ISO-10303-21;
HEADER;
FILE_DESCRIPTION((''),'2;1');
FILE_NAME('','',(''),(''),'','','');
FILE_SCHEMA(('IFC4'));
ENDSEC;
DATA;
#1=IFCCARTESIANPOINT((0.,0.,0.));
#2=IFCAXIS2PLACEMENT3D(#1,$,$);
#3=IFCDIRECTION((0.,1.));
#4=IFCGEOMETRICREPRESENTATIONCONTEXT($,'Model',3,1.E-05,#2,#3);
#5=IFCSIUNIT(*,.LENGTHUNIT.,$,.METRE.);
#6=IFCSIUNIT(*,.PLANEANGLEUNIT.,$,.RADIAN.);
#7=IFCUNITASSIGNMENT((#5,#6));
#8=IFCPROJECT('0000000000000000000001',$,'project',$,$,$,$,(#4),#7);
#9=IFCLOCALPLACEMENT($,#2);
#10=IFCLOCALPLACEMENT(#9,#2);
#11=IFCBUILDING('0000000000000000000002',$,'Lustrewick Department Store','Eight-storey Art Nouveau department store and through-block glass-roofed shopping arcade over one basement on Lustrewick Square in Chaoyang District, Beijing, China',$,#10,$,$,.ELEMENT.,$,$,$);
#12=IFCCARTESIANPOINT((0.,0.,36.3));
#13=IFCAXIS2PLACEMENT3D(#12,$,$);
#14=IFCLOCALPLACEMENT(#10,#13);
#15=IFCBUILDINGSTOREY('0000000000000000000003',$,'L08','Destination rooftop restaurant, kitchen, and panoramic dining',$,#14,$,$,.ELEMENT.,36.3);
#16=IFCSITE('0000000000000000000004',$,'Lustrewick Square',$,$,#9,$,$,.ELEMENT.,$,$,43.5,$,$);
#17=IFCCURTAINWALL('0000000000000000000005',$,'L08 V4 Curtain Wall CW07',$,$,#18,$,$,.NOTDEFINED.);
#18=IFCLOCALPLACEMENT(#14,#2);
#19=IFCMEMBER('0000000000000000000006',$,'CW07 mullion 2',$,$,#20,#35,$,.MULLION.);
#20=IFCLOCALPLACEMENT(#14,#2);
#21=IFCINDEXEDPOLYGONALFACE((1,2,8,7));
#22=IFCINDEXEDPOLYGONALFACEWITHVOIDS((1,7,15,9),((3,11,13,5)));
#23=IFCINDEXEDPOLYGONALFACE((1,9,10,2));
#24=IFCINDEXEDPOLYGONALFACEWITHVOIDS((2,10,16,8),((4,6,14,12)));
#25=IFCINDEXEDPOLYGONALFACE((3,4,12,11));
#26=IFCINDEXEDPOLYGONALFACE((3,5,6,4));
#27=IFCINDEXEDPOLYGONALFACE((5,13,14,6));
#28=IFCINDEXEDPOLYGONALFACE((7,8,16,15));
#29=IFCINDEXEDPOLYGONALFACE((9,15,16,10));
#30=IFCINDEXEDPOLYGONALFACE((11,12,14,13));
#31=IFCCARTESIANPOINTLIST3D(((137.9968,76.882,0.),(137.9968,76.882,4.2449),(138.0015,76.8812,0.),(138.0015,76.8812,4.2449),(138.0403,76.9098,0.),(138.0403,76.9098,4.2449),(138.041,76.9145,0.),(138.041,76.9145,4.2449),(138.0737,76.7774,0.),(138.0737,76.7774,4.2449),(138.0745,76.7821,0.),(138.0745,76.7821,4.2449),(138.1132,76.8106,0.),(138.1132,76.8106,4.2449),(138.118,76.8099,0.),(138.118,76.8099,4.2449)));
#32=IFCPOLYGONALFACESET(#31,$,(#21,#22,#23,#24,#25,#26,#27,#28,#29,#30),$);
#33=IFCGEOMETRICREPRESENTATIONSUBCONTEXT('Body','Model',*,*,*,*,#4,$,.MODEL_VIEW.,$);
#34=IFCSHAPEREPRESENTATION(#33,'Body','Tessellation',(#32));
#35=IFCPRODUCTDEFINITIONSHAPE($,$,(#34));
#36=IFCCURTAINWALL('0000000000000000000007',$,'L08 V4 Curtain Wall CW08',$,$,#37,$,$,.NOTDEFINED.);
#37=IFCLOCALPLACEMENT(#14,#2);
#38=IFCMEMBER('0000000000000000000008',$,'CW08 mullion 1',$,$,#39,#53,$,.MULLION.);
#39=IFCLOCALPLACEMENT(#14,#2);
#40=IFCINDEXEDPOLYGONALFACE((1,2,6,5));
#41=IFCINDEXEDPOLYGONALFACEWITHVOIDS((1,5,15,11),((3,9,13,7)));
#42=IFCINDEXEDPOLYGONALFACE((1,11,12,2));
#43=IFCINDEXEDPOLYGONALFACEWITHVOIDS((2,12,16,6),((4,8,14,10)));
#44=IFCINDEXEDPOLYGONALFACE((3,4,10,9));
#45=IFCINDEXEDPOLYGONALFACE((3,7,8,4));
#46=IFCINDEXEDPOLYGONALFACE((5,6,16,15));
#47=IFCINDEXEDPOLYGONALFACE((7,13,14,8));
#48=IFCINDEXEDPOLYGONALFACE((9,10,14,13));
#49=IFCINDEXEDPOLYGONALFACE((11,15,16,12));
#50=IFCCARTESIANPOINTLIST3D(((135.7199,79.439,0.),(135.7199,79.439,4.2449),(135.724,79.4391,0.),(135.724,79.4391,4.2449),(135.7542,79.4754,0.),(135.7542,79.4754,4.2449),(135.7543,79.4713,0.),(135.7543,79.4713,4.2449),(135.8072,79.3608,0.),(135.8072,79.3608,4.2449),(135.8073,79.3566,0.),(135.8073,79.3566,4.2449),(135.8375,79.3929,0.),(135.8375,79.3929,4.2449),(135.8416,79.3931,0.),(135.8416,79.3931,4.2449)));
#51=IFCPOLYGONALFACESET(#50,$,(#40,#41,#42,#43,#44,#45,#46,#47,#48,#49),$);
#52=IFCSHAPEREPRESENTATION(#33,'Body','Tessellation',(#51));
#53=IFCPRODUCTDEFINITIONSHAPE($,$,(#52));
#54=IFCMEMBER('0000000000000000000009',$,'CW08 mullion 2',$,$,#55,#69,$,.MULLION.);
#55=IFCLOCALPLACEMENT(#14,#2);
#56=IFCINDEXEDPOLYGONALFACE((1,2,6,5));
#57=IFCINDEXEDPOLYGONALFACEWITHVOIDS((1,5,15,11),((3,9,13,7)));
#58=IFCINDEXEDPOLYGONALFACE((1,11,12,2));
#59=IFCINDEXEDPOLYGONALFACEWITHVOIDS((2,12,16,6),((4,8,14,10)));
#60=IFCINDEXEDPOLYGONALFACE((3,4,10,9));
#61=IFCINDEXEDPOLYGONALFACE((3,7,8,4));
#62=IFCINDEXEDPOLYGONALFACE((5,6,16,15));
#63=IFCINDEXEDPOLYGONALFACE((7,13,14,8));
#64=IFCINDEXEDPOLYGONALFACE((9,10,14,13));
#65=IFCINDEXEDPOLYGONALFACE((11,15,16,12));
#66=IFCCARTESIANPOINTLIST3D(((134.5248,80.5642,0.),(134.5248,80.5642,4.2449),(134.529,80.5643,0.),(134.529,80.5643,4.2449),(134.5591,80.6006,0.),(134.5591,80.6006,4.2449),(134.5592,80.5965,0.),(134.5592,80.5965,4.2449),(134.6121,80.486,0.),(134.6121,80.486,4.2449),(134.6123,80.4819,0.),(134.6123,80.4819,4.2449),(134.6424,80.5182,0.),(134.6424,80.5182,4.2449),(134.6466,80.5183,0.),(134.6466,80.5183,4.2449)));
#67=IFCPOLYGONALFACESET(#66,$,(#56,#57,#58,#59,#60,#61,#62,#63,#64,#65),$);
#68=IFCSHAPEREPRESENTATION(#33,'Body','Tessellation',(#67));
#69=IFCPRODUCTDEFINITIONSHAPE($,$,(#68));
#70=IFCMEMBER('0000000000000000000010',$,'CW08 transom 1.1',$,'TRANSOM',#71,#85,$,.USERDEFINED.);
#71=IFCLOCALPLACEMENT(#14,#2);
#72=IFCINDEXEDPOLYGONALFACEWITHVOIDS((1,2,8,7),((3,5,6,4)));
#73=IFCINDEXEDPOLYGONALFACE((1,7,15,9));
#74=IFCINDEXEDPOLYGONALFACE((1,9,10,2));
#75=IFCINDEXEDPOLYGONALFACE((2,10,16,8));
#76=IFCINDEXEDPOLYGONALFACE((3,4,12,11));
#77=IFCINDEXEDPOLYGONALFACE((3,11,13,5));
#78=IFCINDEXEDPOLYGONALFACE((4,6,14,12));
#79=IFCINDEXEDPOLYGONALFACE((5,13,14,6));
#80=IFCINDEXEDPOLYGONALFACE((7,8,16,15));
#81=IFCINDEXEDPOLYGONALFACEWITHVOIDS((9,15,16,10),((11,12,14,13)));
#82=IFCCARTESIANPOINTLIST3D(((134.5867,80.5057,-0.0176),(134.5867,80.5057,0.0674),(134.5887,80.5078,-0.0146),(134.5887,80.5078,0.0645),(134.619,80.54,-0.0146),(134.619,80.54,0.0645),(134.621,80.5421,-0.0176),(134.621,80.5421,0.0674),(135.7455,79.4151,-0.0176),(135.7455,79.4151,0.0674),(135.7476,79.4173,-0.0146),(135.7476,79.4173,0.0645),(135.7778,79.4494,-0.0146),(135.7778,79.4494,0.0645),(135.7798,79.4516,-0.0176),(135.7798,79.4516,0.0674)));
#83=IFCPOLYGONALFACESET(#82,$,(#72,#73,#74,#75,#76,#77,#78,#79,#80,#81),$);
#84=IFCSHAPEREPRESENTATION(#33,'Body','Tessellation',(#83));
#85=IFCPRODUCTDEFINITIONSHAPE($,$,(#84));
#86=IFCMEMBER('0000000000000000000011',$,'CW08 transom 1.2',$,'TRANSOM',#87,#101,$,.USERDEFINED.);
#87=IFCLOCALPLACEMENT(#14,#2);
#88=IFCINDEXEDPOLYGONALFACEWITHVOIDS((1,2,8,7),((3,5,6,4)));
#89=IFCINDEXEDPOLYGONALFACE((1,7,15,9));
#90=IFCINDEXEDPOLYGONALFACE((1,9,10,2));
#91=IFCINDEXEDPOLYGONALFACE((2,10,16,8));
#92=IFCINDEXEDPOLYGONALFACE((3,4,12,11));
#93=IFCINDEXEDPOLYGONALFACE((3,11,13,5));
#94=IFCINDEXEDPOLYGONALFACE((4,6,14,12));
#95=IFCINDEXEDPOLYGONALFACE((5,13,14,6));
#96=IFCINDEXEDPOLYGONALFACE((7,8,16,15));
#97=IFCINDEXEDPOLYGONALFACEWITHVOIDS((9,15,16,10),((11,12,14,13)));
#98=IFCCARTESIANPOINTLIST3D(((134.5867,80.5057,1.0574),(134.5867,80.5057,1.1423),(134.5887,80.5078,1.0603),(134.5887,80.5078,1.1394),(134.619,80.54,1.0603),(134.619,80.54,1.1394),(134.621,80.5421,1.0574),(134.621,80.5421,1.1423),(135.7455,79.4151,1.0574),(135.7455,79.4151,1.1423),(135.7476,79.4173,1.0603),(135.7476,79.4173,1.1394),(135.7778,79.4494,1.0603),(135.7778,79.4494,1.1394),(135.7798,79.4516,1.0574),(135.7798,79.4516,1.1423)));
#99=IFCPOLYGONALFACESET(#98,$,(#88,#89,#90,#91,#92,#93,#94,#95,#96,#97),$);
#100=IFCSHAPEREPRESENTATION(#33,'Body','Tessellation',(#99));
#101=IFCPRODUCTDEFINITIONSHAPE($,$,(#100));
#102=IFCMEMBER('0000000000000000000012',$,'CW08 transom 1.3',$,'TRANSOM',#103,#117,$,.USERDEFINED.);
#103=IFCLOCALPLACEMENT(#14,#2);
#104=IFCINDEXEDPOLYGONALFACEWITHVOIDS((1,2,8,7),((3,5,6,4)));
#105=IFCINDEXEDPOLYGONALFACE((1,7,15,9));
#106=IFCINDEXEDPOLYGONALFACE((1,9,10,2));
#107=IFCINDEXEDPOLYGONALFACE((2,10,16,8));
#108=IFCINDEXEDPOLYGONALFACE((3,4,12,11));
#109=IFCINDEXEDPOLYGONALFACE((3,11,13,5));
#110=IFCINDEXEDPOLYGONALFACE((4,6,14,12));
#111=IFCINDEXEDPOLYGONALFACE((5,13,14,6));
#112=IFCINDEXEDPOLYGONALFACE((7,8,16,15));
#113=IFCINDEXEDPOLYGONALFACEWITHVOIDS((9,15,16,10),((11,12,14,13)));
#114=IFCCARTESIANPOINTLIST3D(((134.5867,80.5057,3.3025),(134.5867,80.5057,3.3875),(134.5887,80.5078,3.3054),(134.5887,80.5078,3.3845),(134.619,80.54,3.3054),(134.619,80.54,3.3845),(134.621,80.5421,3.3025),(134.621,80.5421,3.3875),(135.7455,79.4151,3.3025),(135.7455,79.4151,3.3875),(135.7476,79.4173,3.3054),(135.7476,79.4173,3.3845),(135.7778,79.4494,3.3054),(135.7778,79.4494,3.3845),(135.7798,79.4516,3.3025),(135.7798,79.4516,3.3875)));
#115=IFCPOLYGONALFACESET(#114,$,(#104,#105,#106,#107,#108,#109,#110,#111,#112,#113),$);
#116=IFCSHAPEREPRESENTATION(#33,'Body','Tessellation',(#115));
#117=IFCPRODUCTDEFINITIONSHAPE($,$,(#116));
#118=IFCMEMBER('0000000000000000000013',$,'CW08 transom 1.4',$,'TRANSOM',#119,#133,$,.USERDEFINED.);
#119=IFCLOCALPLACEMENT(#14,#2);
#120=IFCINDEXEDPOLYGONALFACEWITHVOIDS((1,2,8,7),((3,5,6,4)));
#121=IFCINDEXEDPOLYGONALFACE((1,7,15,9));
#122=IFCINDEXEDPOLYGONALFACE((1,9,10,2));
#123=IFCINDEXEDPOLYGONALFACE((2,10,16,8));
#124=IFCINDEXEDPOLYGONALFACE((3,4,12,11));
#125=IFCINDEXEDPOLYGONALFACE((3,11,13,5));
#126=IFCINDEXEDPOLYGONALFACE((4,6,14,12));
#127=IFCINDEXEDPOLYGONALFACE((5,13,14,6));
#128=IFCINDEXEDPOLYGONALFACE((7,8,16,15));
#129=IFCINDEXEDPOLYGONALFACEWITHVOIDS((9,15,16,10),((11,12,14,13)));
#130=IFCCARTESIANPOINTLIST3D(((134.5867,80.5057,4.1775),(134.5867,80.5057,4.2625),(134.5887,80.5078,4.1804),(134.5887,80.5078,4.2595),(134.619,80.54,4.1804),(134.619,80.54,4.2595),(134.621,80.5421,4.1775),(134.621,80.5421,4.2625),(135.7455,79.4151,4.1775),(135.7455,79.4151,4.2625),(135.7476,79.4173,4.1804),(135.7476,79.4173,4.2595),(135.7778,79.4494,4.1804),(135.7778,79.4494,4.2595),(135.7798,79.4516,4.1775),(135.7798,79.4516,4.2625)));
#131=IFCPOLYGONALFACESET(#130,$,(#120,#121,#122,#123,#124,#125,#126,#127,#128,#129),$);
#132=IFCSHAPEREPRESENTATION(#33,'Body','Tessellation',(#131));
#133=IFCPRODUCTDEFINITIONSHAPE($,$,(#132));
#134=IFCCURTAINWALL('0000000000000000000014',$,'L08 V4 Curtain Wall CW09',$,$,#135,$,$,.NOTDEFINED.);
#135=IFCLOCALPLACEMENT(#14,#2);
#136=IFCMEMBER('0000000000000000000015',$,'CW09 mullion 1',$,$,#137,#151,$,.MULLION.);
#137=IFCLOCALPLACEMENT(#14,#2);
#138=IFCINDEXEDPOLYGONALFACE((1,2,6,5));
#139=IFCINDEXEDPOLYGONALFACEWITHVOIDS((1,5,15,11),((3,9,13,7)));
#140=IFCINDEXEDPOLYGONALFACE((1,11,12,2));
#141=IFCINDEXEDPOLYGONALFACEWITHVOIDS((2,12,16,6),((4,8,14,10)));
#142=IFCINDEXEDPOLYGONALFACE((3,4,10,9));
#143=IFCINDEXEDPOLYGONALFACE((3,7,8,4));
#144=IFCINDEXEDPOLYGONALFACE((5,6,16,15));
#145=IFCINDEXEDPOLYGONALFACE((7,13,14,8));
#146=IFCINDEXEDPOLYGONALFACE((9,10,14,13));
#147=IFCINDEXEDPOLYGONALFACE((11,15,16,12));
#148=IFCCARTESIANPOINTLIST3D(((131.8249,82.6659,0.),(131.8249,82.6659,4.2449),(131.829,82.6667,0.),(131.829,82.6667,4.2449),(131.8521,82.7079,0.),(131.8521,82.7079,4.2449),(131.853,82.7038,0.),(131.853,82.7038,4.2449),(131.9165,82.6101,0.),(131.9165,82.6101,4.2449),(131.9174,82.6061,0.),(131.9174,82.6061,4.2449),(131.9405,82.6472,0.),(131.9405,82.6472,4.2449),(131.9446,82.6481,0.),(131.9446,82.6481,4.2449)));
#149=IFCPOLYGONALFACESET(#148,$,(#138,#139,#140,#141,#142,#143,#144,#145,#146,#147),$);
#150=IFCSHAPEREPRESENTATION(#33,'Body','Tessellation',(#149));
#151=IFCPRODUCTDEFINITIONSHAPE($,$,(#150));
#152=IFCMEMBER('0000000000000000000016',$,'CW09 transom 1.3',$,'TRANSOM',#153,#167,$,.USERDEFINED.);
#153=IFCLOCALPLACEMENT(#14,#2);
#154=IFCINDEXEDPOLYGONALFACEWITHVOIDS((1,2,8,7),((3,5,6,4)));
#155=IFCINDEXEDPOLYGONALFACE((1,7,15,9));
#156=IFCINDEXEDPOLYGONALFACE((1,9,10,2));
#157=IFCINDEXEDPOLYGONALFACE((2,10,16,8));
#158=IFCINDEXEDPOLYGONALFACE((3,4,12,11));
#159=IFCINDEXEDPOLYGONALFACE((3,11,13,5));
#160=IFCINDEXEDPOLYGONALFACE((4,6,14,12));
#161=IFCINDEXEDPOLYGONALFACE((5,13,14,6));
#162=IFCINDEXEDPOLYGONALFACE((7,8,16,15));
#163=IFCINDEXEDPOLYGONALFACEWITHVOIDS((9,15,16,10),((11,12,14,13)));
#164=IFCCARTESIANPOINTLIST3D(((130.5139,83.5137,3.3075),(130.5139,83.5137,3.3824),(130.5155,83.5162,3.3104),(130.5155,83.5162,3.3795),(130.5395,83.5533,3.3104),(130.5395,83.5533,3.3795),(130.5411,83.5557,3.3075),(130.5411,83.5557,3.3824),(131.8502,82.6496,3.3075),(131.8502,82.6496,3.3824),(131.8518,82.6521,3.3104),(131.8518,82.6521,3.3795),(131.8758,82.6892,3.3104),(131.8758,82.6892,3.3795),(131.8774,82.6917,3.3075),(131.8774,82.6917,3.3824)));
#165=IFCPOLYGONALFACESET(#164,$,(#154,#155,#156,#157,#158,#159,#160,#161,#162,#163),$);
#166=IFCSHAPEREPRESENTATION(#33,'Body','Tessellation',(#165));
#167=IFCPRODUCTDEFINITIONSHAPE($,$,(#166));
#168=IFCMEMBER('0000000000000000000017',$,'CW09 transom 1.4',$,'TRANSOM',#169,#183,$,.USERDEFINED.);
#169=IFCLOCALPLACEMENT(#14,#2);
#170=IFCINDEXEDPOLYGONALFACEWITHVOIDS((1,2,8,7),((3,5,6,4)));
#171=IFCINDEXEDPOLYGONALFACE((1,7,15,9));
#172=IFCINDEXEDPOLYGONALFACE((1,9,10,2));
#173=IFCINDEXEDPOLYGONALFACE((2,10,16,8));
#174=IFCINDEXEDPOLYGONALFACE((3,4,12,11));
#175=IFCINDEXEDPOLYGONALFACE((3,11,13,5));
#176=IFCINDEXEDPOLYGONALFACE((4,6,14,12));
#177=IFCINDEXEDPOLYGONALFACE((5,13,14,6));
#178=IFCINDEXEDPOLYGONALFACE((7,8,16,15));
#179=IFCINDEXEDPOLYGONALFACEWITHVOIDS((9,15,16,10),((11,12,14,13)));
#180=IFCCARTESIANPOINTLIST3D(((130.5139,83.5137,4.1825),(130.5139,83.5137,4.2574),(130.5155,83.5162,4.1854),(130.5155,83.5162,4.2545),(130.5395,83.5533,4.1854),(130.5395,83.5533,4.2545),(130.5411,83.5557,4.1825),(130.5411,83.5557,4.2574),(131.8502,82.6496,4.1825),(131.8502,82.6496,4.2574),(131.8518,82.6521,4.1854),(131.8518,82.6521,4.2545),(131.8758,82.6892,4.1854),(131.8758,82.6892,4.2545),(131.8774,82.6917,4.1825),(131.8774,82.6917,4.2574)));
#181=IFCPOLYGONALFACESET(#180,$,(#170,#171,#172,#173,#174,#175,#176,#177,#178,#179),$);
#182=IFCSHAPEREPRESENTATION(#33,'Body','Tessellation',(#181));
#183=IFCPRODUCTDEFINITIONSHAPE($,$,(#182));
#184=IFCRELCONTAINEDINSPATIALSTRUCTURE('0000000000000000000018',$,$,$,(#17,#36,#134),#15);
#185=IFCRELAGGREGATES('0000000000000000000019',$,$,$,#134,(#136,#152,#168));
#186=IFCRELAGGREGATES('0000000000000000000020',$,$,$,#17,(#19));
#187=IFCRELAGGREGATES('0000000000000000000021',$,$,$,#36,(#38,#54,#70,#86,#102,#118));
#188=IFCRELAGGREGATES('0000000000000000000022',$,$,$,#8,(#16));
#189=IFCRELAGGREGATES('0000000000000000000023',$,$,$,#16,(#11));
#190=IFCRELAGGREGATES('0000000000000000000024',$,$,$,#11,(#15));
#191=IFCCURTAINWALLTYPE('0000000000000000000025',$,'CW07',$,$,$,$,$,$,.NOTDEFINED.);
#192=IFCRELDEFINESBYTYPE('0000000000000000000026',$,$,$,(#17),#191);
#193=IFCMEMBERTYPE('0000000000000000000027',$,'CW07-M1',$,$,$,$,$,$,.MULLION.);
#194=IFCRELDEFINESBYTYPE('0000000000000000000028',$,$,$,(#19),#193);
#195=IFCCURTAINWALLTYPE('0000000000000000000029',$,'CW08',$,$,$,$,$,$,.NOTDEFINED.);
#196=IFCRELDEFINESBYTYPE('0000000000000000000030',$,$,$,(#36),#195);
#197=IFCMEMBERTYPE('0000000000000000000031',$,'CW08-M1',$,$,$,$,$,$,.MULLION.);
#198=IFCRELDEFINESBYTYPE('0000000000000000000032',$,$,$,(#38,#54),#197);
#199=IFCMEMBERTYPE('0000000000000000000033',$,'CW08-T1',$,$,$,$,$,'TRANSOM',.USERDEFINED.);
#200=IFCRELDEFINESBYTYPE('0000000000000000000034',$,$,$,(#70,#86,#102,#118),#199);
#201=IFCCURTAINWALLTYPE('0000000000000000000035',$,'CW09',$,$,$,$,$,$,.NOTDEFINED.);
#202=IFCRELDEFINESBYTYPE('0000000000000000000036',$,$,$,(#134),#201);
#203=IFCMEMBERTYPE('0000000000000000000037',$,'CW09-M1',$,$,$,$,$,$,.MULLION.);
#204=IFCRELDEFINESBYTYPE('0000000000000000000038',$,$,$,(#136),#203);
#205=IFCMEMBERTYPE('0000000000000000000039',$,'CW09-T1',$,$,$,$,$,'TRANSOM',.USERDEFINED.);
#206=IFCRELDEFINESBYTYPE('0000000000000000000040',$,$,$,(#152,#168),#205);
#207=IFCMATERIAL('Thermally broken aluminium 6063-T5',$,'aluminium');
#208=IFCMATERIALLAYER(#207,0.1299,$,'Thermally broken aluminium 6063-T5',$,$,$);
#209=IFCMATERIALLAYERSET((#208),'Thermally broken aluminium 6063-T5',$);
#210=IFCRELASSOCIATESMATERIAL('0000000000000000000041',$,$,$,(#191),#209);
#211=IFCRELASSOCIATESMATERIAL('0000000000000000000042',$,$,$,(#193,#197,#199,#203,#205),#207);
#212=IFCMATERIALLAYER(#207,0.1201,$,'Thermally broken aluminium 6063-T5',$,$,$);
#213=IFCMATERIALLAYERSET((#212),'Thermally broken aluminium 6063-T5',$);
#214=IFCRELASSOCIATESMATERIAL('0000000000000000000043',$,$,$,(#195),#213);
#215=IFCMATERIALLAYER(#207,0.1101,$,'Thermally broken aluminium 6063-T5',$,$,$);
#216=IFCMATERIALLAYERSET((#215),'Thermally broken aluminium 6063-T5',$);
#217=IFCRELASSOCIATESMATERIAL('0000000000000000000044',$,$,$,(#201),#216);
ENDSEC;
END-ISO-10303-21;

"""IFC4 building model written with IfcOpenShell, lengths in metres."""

from ifc_helpers import new_model, si_unit, direction, frame, origin, origin_2d, place, context, subcontext, project, spatial, hollow_rectangle, extrude, material, layer, layer_set, material_profile, profile_set, type_object, element, aggregate, save


model = new_model("IFC4")

# Units and contexts
model_context = context("Model", 3, precision=1e-05, world=origin(), true_north=direction((0.0, 1.0)))
body_context = subcontext(model_context, "Body", "Model", "MODEL_VIEW")
ifc_project = project(units=[si_unit("LENGTHUNIT", "METRE"), si_unit("PLANEANGLEUNIT", "RADIAN")], contexts=[model_context])

# Site, building, storey
site_placement = place(None, origin())
site = spatial("IfcSite", under=ifc_project, at=site_placement, Name="Lustrewick Square", CompositionType="ELEMENT", RefElevation=43.5)
building_placement = place(site_placement, origin())
building = spatial("IfcBuilding", under=site, at=building_placement, Name="Lustrewick Department Store", Description="Eight-storey Art Nouveau department store and through-block glass-roofed shopping arcade over one basement on Lustrewick Square in Chaoyang District, Beijing, China", CompositionType="ELEMENT")
storey_placement = place(building_placement, frame((0.0, 0.0, 36.3)))
storey = spatial("IfcBuildingStorey", under=building, at=storey_placement, Name="L08", Description="Destination rooftop restaurant, kitchen, and panoramic dining", CompositionType="ELEMENT", Elevation=36.3)

# Curtain wall, member
ifc_material_1 = material(Name="Thermally broken aluminium 6063-T5", Category="aluminium")
ifc_layer_1 = layer(ifc_material_1, 0.1299, Name="Thermally broken aluminium 6063-T5")
ifc_layer_set_1 = layer_set([ifc_layer_1], Name="Thermally broken aluminium 6063-T5")
curtain_wall_type_1 = type_object("IfcCurtainWallType", Name="CW07", PredefinedType="NOTDEFINED", material=ifc_layer_set_1)
curtain_wall_1_placement = place(storey_placement, origin())
curtain_wall_1 = element("IfcCurtainWall", 1, at=curtain_wall_1_placement, inside=storey, type_object=curtain_wall_type_1, Name="L08 V4 Curtain Wall CW07", PredefinedType="NOTDEFINED")
ifc_material_profile_1 = material_profile(ifc_material_1, hollow_rectangle(XDim=0.0549, YDim=0.1299, WallThickness=0.0034, at=origin_2d()), Name="ALU-M 55x130x3.5")
ifc_profile_set_1 = profile_set([ifc_material_profile_1], Name="Thermally broken aluminium 6063-T5")
member_type_1 = type_object("IfcMemberType", Name="CW07-M1", PredefinedType="MULLION", material=ifc_profile_set_1)
member_1_placement = place(storey_placement, frame((138.0574, 76.8459, 0.0), z_axis=(0.0, 0.0, 1.0), x_axis=(-0.805451, -0.592662, 0.0)))
member_1 = element("IfcMember", 2, at=member_1_placement, type_object=member_type_1, Name="CW07 mullion 2", PredefinedType="MULLION", context=body_context, shape_type="SweptSolid", body=[
    extrude(hollow_rectangle(XDim=0.0549, YDim=0.1299, WallThickness=0.0034, at=origin_2d()), origin(), (0.0, 0.0, 1.0), 4.2449),
])

# Curtain walls, members
ifc_layer_2 = layer(ifc_material_1, 0.1201, Name="Thermally broken aluminium 6063-T5")
ifc_layer_set_2 = layer_set([ifc_layer_2], Name="Thermally broken aluminium 6063-T5")
curtain_wall_type_2 = type_object("IfcCurtainWallType", Name="CW08", PredefinedType="NOTDEFINED", material=ifc_layer_set_2)
curtain_wall_2_placement = place(storey_placement, origin())
curtain_wall_2 = element("IfcCurtainWall", 3, at=curtain_wall_2_placement, inside=storey, type_object=curtain_wall_type_2, Name="L08 V4 Curtain Wall CW08", PredefinedType="NOTDEFINED")
ifc_material_profile_2 = material_profile(ifc_material_1, hollow_rectangle(XDim=0.05, YDim=0.1201, WallThickness=0.0029, at=origin_2d()), Name="ALU-M 50x120x3")
ifc_profile_set_2 = profile_set([ifc_material_profile_2], Name="Thermally broken aluminium 6063-T5")
member_type_2 = type_object("IfcMemberType", Name="CW08-M1", PredefinedType="MULLION", material=ifc_profile_set_2)
member_2_placement = place(storey_placement, frame((135.7808, 79.416, 0.0), z_axis=(0.0, 0.0, 1.0), x_axis=(-0.685411, -0.728157, 0.0)))
member_2 = element("IfcMember", 4, at=member_2_placement, type_object=member_type_2, Name="CW08 mullion 1", PredefinedType="MULLION", context=body_context, shape_type="SweptSolid", body=[
    extrude(hollow_rectangle(XDim=0.05, YDim=0.1201, WallThickness=0.0029, at=origin_2d()), origin(), (0.0, 0.0, 1.0), 4.2449),
])
member_3_placement = place(storey_placement, frame((134.5857, 80.5413, 0.0), z_axis=(0.0, 0.0, 1.0), x_axis=(-0.685411, -0.728157, 0.0)))
member_3 = element("IfcMember", 5, at=member_3_placement, type_object=member_type_2, Name="CW08 mullion 2", PredefinedType="MULLION", context=body_context, shape_type="SweptSolid", body=[
    extrude(hollow_rectangle(XDim=0.05, YDim=0.1201, WallThickness=0.0029, at=origin_2d()), origin(), (0.0, 0.0, 1.0), 4.2449),
])
ifc_material_profile_3 = material_profile(ifc_material_1, hollow_rectangle(XDim=0.05, YDim=0.085, WallThickness=0.0029, at=origin_2d()), Name="ALU-T 50x85x3")
ifc_profile_set_3 = profile_set([ifc_material_profile_3], Name="Thermally broken aluminium 6063-T5")
member_type_3 = type_object("IfcMemberType", Name="CW08-T1", ElementType="TRANSOM", PredefinedType="USERDEFINED", material=ifc_profile_set_3)
member_4_placement = place(storey_placement, frame((135.7627, 79.4333, 0.0249), z_axis=(-0.728259, 0.685302, 0.0), x_axis=(-0.685302, -0.728259, 0.0)))
member_4 = element("IfcMember", 6, at=member_4_placement, type_object=member_type_3, Name="CW08 transom 1.1", ObjectType="TRANSOM", PredefinedType="USERDEFINED", context=body_context, shape_type="SweptSolid", body=[
    extrude(hollow_rectangle(XDim=0.05, YDim=0.085, WallThickness=0.0029, at=origin_2d()), origin(), (0.0, 0.0, 1.0), 1.5913),
])
member_5_placement = place(storey_placement, frame((135.7627, 79.4333, 1.0999), z_axis=(-0.728259, 0.685302, 0.0), x_axis=(-0.685302, -0.728259, 0.0)))
member_5 = element("IfcMember", 7, at=member_5_placement, type_object=member_type_3, Name="CW08 transom 1.2", ObjectType="TRANSOM", PredefinedType="USERDEFINED", context=body_context, shape_type="SweptSolid", body=[
    extrude(hollow_rectangle(XDim=0.05, YDim=0.085, WallThickness=0.0029, at=origin_2d()), origin(), (0.0, 0.0, 1.0), 1.5913),
])
member_6_placement = place(storey_placement, frame((135.7627, 79.4333, 3.345), z_axis=(-0.728259, 0.685302, 0.0), x_axis=(-0.685302, -0.728259, 0.0)))
member_6 = element("IfcMember", 8, at=member_6_placement, type_object=member_type_3, Name="CW08 transom 1.3", ObjectType="TRANSOM", PredefinedType="USERDEFINED", context=body_context, shape_type="SweptSolid", body=[
    extrude(hollow_rectangle(XDim=0.05, YDim=0.085, WallThickness=0.0029, at=origin_2d()), origin(), (0.0, 0.0, 1.0), 1.5913),
])
member_7_placement = place(storey_placement, frame((135.7627, 79.4333, 4.22), z_axis=(-0.728259, 0.685302, 0.0), x_axis=(-0.685302, -0.728259, 0.0)))
member_7 = element("IfcMember", 9, at=member_7_placement, type_object=member_type_3, Name="CW08 transom 1.4", ObjectType="TRANSOM", PredefinedType="USERDEFINED", context=body_context, shape_type="SweptSolid", body=[
    extrude(hollow_rectangle(XDim=0.05, YDim=0.085, WallThickness=0.0029, at=origin_2d()), origin(), (0.0, 0.0, 1.0), 1.5913),
])
ifc_layer_3 = layer(ifc_material_1, 0.1101, Name="Thermally broken aluminium 6063-T5")
ifc_layer_set_3 = layer_set([ifc_layer_3], Name="Thermally broken aluminium 6063-T5")
curtain_wall_type_3 = type_object("IfcCurtainWallType", Name="CW09", PredefinedType="NOTDEFINED", material=ifc_layer_set_3)
curtain_wall_3_placement = place(storey_placement, origin())
curtain_wall_3 = element("IfcCurtainWall", 10, at=curtain_wall_3_placement, inside=storey, type_object=curtain_wall_type_3, Name="L08 V4 Curtain Wall CW09", PredefinedType="NOTDEFINED")
ifc_material_profile_4 = material_profile(ifc_material_1, hollow_rectangle(XDim=0.05, YDim=0.1101, WallThickness=0.0029, at=origin_2d()), Name="ALU-M 50x110x3")
ifc_profile_set_4 = profile_set([ifc_material_profile_4], Name="Thermally broken aluminium 6063-T5")
member_type_4 = type_object("IfcMemberType", Name="CW09-M1", PredefinedType="MULLION", material=ifc_profile_set_4)
member_8_placement = place(storey_placement, frame((131.8848, 82.657, 0.0), z_axis=(0.0, 0.0, 1.0), x_axis=(-0.542994, -0.839737, 0.0)))
member_8 = element("IfcMember", 11, at=member_8_placement, type_object=member_type_4, Name="CW09 mullion 1", PredefinedType="MULLION", context=body_context, shape_type="SweptSolid", body=[
    extrude(hollow_rectangle(XDim=0.05, YDim=0.1101, WallThickness=0.0029, at=origin_2d()), origin(), (0.0, 0.0, 1.0), 4.2449),
])
ifc_material_profile_5 = material_profile(ifc_material_1, hollow_rectangle(XDim=0.05, YDim=0.075, WallThickness=0.0029, at=origin_2d()), Name="ALU-T 50x75x3")
ifc_profile_set_5 = profile_set([ifc_material_profile_5], Name="Thermally broken aluminium 6063-T5")
member_type_5 = type_object("IfcMemberType", Name="CW09-T1", ElementType="TRANSOM", PredefinedType="USERDEFINED", material=ifc_profile_set_5)
member_9_placement = place(storey_placement, frame((131.8638, 82.6707, 3.345), z_axis=(-0.839735, 0.542997, 0.0), x_axis=(-0.542997, -0.839735, 0.0)))
member_9 = element("IfcMember", 12, at=member_9_placement, type_object=member_type_5, Name="CW09 transom 1.3", ObjectType="TRANSOM", PredefinedType="USERDEFINED", context=body_context, shape_type="SweptSolid", body=[
    extrude(hollow_rectangle(XDim=0.05, YDim=0.075, WallThickness=0.0029, at=origin_2d()), origin(), (0.0, 0.0, 1.0), 1.5913),
])
member_10_placement = place(storey_placement, frame((131.8638, 82.6707, 4.22), z_axis=(-0.839735, 0.542997, 0.0), x_axis=(-0.542997, -0.839735, 0.0)))
member_10 = element("IfcMember", 13, at=member_10_placement, type_object=member_type_5, Name="CW09 transom 1.4", ObjectType="TRANSOM", PredefinedType="USERDEFINED", context=body_context, shape_type="SweptSolid", body=[
    extrude(hollow_rectangle(XDim=0.05, YDim=0.075, WallThickness=0.0029, at=origin_2d()), origin(), (0.0, 0.0, 1.0), 1.5913),
])
aggregate(curtain_wall_3, [member_8, member_9, member_10])

aggregate(curtain_wall_1, [member_1])
aggregate(curtain_wall_2, [member_2, member_3, member_4, member_5, member_6, member_7])

save(model, "model.ifc")
